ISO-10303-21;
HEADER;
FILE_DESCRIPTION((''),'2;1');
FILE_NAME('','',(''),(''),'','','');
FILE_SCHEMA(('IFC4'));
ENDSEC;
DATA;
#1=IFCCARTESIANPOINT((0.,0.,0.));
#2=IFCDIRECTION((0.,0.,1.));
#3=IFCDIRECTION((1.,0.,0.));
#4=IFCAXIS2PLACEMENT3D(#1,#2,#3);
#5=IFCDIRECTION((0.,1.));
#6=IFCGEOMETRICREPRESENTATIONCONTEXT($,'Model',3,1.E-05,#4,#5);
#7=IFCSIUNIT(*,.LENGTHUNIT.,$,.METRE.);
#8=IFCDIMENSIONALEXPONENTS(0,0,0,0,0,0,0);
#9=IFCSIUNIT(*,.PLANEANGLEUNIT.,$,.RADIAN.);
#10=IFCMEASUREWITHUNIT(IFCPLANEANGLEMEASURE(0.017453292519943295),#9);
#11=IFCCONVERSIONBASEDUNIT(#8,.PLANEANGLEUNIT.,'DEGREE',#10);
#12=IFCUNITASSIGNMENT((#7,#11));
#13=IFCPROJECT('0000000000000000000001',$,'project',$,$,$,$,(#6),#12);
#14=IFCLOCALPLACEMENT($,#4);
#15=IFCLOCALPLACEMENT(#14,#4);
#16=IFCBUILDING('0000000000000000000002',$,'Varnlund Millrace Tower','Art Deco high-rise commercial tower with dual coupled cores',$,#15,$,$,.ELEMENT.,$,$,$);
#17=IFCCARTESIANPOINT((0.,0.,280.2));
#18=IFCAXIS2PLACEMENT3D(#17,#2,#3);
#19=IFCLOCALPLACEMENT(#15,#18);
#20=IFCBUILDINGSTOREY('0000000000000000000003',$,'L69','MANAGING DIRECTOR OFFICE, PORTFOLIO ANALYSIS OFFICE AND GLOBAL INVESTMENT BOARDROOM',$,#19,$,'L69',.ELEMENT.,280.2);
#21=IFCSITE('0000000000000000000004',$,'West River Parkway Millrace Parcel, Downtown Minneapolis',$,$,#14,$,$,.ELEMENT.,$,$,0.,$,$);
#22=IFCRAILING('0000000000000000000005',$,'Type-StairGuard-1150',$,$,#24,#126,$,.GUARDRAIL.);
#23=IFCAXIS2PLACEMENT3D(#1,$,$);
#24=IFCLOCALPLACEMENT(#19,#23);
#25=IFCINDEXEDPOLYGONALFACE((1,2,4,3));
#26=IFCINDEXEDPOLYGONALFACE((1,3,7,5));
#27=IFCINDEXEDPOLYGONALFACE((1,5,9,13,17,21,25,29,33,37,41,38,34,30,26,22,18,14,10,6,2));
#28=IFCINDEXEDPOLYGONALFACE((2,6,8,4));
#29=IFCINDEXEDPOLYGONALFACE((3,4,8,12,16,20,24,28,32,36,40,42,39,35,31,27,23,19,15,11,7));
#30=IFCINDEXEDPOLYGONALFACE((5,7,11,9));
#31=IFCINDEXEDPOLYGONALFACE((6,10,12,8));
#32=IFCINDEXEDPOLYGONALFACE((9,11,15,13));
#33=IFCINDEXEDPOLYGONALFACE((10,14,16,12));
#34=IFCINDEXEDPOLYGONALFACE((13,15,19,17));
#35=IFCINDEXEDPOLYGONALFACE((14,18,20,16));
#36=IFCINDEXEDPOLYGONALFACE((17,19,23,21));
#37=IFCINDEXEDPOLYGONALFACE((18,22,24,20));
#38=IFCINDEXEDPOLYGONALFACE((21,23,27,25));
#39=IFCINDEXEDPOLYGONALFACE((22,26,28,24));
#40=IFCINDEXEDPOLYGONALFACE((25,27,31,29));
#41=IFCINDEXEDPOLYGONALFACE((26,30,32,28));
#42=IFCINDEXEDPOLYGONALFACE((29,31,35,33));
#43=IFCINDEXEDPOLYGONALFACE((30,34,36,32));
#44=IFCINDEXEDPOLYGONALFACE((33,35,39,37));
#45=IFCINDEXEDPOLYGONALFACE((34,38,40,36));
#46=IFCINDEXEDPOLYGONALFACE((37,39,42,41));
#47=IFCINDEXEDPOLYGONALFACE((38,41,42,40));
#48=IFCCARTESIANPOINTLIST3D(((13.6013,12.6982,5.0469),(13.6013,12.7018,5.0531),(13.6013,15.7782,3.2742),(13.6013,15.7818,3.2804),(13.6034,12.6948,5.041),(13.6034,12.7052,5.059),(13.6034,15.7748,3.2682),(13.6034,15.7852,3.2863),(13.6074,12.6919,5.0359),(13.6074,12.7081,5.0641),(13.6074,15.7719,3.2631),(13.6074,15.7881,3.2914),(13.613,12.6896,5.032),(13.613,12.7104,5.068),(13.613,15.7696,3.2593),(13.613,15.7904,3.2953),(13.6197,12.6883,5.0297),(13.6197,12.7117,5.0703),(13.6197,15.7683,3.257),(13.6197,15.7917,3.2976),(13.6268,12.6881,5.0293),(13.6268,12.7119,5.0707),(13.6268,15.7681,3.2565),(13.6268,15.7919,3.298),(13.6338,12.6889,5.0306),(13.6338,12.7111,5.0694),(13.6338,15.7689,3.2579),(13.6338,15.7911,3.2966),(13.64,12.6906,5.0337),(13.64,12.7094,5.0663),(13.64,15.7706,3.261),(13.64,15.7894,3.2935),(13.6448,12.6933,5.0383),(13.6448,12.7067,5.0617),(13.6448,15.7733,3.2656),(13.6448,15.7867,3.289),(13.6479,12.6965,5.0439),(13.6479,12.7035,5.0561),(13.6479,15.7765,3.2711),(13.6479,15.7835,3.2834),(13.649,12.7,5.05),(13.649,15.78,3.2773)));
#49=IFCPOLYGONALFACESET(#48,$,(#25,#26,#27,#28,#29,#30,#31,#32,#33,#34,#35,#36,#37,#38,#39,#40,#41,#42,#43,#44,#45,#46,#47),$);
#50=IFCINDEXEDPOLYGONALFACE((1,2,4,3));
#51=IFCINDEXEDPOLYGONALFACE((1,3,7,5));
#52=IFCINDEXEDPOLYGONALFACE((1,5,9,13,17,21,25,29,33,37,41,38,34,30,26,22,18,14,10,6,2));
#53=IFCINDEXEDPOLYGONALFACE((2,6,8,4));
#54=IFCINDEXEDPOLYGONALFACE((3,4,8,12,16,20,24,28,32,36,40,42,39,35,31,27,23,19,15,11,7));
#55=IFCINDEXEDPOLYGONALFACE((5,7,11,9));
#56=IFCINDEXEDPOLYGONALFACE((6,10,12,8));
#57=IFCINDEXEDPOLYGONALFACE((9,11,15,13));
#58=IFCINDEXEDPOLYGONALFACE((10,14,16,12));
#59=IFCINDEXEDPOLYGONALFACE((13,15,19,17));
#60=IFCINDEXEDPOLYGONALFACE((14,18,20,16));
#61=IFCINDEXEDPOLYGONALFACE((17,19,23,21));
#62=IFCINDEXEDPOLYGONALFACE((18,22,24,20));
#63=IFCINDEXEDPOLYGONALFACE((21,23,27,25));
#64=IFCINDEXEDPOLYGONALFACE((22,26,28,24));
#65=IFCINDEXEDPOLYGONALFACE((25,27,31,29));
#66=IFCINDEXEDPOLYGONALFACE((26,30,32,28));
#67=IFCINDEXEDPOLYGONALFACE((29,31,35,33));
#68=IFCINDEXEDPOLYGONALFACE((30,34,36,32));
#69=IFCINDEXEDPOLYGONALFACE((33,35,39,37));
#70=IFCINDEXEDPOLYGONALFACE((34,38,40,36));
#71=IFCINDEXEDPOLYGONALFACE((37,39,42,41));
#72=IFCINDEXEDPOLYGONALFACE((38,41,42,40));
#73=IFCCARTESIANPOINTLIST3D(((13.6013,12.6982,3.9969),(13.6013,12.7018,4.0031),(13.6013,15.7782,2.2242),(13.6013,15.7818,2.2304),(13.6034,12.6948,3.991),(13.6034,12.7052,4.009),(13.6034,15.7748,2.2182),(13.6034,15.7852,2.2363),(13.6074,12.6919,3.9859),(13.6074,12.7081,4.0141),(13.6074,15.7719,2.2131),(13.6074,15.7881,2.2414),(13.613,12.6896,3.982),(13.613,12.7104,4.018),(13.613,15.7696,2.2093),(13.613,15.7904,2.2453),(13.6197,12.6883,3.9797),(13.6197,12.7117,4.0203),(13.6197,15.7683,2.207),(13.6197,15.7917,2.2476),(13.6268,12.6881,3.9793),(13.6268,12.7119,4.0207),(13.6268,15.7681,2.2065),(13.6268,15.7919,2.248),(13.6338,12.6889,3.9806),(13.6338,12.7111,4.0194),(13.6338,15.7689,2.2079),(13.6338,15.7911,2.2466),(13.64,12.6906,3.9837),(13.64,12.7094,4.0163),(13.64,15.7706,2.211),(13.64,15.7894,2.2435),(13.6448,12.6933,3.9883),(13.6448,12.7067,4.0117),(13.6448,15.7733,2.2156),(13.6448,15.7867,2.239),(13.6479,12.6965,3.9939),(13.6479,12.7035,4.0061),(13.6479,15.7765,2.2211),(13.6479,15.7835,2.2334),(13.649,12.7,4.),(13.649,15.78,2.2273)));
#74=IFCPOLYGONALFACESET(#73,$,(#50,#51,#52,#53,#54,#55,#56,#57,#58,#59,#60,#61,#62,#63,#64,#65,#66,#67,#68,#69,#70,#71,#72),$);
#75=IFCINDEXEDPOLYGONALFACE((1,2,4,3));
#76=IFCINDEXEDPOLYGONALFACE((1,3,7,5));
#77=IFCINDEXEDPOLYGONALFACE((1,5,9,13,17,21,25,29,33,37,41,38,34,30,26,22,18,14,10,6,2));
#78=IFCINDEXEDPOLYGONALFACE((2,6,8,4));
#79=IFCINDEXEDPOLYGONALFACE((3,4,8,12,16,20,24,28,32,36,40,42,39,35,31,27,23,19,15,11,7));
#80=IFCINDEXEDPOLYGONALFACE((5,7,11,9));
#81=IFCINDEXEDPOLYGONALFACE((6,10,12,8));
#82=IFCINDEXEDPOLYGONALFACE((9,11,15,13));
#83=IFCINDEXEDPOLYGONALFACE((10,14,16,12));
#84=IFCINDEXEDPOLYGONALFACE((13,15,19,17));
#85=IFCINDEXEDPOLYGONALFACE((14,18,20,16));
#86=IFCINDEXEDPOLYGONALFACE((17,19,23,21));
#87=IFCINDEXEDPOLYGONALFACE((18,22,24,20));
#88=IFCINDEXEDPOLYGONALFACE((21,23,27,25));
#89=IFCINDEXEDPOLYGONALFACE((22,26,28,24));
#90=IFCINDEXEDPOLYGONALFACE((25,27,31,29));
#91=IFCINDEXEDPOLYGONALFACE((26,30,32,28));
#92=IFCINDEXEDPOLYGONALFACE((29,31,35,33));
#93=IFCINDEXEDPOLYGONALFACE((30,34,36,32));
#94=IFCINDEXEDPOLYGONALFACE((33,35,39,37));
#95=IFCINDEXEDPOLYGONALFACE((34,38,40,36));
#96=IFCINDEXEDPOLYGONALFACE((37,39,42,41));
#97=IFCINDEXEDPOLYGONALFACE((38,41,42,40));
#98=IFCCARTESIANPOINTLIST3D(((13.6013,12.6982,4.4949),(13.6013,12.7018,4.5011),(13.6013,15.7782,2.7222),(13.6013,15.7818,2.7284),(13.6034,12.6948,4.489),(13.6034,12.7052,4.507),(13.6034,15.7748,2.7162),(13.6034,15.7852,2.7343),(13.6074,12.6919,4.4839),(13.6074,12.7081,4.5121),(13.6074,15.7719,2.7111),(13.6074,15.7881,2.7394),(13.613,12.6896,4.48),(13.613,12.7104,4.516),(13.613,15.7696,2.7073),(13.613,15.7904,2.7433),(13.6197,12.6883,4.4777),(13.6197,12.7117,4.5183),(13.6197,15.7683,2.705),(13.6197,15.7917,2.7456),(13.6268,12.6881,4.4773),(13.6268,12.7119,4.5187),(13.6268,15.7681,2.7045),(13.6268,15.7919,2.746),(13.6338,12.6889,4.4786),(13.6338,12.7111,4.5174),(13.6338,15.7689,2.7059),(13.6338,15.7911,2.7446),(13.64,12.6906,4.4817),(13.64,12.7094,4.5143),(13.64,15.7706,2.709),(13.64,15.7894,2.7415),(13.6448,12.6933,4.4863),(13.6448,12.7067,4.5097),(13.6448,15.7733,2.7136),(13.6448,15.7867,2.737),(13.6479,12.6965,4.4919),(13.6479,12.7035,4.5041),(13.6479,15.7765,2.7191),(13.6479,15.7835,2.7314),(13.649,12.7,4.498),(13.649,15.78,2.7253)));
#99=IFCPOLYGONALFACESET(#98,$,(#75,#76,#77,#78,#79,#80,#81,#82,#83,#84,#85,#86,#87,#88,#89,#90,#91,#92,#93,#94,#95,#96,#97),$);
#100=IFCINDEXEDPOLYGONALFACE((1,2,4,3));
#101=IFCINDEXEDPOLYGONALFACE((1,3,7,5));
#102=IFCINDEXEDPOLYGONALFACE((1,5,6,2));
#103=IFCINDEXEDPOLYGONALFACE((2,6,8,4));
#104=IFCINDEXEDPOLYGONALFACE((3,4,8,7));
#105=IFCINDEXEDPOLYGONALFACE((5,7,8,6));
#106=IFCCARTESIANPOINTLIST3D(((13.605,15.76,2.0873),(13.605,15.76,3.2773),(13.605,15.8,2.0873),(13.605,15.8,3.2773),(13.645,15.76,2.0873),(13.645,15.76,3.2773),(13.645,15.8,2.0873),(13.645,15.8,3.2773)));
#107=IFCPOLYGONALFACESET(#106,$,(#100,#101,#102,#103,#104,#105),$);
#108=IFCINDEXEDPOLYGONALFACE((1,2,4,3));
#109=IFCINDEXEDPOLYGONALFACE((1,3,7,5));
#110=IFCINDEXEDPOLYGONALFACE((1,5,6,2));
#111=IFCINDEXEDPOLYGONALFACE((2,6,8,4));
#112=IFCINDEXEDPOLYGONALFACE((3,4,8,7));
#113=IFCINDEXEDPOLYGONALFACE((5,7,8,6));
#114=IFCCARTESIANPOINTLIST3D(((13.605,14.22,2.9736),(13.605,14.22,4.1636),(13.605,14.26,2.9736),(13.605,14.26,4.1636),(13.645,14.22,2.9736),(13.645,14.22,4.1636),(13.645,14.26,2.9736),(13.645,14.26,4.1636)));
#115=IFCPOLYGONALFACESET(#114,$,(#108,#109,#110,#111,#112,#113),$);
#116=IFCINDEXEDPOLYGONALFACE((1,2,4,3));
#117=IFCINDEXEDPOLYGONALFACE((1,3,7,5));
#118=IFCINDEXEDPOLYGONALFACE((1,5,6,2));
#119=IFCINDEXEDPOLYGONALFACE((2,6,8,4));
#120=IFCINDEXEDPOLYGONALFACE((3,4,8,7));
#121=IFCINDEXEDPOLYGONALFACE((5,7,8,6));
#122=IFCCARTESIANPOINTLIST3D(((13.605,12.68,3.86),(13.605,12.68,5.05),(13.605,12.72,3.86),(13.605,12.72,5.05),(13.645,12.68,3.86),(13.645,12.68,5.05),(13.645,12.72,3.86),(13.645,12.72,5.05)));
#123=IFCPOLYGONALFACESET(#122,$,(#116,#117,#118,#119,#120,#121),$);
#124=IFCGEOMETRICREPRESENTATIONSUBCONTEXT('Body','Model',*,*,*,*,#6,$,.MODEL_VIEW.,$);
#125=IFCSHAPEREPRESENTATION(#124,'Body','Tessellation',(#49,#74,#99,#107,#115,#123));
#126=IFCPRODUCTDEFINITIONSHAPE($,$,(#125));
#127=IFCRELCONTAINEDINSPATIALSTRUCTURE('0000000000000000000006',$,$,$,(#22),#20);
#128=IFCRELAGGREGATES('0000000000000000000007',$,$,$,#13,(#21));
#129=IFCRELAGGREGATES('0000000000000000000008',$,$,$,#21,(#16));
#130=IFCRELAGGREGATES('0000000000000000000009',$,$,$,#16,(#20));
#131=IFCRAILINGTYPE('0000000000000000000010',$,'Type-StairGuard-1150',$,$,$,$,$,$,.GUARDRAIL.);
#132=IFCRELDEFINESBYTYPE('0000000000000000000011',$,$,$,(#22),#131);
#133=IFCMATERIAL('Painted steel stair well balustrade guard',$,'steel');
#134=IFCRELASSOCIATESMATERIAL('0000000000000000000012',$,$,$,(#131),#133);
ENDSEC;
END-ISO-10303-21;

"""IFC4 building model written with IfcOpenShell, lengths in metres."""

from ifc_helpers import new_model, entity, si_unit, converted_unit, direction, frame, origin_with_axes, origin_2d_with_axis, place, context, subcontext, project, spatial, rectangle, circle, extrude, material, type_object, element, save


model = new_model("IFC4")

# Units and contexts
model_context = context("Model", 3, precision=1e-05, world=origin_with_axes(), true_north=direction((0.0, 1.0)))
body_context = subcontext(model_context, "Body", "Model", "MODEL_VIEW")
ifc_project = project(units=[si_unit("LENGTHUNIT", "METRE"), converted_unit("PLANEANGLEUNIT", "DEGREE", entity("IfcPlaneAngleMeasure", 0.017453292519943295), si_unit("PLANEANGLEUNIT", "RADIAN"), dimensions=[0, 0, 0, 0, 0, 0, 0])], contexts=[model_context])

# Site, building, storey
site_placement = place(None, origin_with_axes())
site = spatial("IfcSite", under=ifc_project, at=site_placement, Name="West River Parkway Millrace Parcel, Downtown Minneapolis", CompositionType="ELEMENT", RefElevation=0.0)
building_placement = place(site_placement, origin_with_axes())
building = spatial("IfcBuilding", under=site, at=building_placement, Name="Varnlund Millrace Tower", Description="Art Deco high-rise commercial tower with dual coupled cores", CompositionType="ELEMENT")
storey_placement = place(building_placement, frame((0.0, 0.0, 280.2), z_axis=(0.0, 0.0, 1.0), x_axis=(1.0, 0.0, 0.0)))
storey = spatial("IfcBuildingStorey", under=building, at=storey_placement, Name="L69", Description="MANAGING DIRECTOR OFFICE, PORTFOLIO ANALYSIS OFFICE AND GLOBAL INVESTMENT BOARDROOM", LongName="L69", CompositionType="ELEMENT", Elevation=280.2)

# Railing
ifc_material_1 = material(Name="Painted steel stair well balustrade guard", Category="steel")
railing_type_1 = type_object("IfcRailingType", Name="Type-StairGuard-1150", PredefinedType="GUARDRAIL", material=ifc_material_1)
railing_1_placement = place(storey_placement, frame((0.0, 0.0, -280.2), z_axis=(0.0, 0.0, 1.0), x_axis=(1.0, 0.0, 0.0)))
element("IfcRailing", 1, at=railing_1_placement, inside=storey, type_object=railing_type_1, Name="Type-StairGuard-1150", PredefinedType="GUARDRAIL", context=body_context, shape_type="SweptSolid", body=[
    extrude(circle(Radius=0.024, at=origin_2d_with_axis()), frame((13.625, 15.78, 283.4773), z_axis=(0.0, -0.866696, 0.498836), x_axis=(1.0, 0.0, 0.0)), (0.0, 0.0, 1.0), 3.5537),
    extrude(circle(Radius=0.024, at=origin_2d_with_axis()), frame((13.625, 15.78, 282.4273), z_axis=(0.0, -0.866696, 0.498836), x_axis=(1.0, 0.0, 0.0)), (0.0, 0.0, 1.0), 3.5537),
    extrude(circle(Radius=0.024, at=origin_2d_with_axis()), frame((13.625, 15.78, 282.9253), z_axis=(0.0, -0.866696, 0.498836), x_axis=(1.0, 0.0, 0.0)), (0.0, 0.0, 1.0), 3.5537),
    extrude(rectangle(XDim=0.04, YDim=0.04, at=origin_2d_with_axis()), frame((13.625, 15.78, 282.2873), z_axis=(0.0, 0.0, 1.0), x_axis=(1.0, 0.0, 0.0)), (0.0, 0.0, 1.0), 1.19),
    extrude(rectangle(XDim=0.04, YDim=0.04, at=origin_2d_with_axis()), frame((13.625, 14.24, 283.1736), z_axis=(0.0, 0.0, 1.0), x_axis=(1.0, 0.0, 0.0)), (0.0, 0.0, 1.0), 1.19),
    extrude(rectangle(XDim=0.04, YDim=0.04, at=origin_2d_with_axis()), frame((13.625, 12.7, 284.06), z_axis=(0.0, 0.0, 1.0), x_axis=(1.0, 0.0, 0.0)), (0.0, 0.0, 1.0), 1.19),
])

save(model, "model.ifc")
